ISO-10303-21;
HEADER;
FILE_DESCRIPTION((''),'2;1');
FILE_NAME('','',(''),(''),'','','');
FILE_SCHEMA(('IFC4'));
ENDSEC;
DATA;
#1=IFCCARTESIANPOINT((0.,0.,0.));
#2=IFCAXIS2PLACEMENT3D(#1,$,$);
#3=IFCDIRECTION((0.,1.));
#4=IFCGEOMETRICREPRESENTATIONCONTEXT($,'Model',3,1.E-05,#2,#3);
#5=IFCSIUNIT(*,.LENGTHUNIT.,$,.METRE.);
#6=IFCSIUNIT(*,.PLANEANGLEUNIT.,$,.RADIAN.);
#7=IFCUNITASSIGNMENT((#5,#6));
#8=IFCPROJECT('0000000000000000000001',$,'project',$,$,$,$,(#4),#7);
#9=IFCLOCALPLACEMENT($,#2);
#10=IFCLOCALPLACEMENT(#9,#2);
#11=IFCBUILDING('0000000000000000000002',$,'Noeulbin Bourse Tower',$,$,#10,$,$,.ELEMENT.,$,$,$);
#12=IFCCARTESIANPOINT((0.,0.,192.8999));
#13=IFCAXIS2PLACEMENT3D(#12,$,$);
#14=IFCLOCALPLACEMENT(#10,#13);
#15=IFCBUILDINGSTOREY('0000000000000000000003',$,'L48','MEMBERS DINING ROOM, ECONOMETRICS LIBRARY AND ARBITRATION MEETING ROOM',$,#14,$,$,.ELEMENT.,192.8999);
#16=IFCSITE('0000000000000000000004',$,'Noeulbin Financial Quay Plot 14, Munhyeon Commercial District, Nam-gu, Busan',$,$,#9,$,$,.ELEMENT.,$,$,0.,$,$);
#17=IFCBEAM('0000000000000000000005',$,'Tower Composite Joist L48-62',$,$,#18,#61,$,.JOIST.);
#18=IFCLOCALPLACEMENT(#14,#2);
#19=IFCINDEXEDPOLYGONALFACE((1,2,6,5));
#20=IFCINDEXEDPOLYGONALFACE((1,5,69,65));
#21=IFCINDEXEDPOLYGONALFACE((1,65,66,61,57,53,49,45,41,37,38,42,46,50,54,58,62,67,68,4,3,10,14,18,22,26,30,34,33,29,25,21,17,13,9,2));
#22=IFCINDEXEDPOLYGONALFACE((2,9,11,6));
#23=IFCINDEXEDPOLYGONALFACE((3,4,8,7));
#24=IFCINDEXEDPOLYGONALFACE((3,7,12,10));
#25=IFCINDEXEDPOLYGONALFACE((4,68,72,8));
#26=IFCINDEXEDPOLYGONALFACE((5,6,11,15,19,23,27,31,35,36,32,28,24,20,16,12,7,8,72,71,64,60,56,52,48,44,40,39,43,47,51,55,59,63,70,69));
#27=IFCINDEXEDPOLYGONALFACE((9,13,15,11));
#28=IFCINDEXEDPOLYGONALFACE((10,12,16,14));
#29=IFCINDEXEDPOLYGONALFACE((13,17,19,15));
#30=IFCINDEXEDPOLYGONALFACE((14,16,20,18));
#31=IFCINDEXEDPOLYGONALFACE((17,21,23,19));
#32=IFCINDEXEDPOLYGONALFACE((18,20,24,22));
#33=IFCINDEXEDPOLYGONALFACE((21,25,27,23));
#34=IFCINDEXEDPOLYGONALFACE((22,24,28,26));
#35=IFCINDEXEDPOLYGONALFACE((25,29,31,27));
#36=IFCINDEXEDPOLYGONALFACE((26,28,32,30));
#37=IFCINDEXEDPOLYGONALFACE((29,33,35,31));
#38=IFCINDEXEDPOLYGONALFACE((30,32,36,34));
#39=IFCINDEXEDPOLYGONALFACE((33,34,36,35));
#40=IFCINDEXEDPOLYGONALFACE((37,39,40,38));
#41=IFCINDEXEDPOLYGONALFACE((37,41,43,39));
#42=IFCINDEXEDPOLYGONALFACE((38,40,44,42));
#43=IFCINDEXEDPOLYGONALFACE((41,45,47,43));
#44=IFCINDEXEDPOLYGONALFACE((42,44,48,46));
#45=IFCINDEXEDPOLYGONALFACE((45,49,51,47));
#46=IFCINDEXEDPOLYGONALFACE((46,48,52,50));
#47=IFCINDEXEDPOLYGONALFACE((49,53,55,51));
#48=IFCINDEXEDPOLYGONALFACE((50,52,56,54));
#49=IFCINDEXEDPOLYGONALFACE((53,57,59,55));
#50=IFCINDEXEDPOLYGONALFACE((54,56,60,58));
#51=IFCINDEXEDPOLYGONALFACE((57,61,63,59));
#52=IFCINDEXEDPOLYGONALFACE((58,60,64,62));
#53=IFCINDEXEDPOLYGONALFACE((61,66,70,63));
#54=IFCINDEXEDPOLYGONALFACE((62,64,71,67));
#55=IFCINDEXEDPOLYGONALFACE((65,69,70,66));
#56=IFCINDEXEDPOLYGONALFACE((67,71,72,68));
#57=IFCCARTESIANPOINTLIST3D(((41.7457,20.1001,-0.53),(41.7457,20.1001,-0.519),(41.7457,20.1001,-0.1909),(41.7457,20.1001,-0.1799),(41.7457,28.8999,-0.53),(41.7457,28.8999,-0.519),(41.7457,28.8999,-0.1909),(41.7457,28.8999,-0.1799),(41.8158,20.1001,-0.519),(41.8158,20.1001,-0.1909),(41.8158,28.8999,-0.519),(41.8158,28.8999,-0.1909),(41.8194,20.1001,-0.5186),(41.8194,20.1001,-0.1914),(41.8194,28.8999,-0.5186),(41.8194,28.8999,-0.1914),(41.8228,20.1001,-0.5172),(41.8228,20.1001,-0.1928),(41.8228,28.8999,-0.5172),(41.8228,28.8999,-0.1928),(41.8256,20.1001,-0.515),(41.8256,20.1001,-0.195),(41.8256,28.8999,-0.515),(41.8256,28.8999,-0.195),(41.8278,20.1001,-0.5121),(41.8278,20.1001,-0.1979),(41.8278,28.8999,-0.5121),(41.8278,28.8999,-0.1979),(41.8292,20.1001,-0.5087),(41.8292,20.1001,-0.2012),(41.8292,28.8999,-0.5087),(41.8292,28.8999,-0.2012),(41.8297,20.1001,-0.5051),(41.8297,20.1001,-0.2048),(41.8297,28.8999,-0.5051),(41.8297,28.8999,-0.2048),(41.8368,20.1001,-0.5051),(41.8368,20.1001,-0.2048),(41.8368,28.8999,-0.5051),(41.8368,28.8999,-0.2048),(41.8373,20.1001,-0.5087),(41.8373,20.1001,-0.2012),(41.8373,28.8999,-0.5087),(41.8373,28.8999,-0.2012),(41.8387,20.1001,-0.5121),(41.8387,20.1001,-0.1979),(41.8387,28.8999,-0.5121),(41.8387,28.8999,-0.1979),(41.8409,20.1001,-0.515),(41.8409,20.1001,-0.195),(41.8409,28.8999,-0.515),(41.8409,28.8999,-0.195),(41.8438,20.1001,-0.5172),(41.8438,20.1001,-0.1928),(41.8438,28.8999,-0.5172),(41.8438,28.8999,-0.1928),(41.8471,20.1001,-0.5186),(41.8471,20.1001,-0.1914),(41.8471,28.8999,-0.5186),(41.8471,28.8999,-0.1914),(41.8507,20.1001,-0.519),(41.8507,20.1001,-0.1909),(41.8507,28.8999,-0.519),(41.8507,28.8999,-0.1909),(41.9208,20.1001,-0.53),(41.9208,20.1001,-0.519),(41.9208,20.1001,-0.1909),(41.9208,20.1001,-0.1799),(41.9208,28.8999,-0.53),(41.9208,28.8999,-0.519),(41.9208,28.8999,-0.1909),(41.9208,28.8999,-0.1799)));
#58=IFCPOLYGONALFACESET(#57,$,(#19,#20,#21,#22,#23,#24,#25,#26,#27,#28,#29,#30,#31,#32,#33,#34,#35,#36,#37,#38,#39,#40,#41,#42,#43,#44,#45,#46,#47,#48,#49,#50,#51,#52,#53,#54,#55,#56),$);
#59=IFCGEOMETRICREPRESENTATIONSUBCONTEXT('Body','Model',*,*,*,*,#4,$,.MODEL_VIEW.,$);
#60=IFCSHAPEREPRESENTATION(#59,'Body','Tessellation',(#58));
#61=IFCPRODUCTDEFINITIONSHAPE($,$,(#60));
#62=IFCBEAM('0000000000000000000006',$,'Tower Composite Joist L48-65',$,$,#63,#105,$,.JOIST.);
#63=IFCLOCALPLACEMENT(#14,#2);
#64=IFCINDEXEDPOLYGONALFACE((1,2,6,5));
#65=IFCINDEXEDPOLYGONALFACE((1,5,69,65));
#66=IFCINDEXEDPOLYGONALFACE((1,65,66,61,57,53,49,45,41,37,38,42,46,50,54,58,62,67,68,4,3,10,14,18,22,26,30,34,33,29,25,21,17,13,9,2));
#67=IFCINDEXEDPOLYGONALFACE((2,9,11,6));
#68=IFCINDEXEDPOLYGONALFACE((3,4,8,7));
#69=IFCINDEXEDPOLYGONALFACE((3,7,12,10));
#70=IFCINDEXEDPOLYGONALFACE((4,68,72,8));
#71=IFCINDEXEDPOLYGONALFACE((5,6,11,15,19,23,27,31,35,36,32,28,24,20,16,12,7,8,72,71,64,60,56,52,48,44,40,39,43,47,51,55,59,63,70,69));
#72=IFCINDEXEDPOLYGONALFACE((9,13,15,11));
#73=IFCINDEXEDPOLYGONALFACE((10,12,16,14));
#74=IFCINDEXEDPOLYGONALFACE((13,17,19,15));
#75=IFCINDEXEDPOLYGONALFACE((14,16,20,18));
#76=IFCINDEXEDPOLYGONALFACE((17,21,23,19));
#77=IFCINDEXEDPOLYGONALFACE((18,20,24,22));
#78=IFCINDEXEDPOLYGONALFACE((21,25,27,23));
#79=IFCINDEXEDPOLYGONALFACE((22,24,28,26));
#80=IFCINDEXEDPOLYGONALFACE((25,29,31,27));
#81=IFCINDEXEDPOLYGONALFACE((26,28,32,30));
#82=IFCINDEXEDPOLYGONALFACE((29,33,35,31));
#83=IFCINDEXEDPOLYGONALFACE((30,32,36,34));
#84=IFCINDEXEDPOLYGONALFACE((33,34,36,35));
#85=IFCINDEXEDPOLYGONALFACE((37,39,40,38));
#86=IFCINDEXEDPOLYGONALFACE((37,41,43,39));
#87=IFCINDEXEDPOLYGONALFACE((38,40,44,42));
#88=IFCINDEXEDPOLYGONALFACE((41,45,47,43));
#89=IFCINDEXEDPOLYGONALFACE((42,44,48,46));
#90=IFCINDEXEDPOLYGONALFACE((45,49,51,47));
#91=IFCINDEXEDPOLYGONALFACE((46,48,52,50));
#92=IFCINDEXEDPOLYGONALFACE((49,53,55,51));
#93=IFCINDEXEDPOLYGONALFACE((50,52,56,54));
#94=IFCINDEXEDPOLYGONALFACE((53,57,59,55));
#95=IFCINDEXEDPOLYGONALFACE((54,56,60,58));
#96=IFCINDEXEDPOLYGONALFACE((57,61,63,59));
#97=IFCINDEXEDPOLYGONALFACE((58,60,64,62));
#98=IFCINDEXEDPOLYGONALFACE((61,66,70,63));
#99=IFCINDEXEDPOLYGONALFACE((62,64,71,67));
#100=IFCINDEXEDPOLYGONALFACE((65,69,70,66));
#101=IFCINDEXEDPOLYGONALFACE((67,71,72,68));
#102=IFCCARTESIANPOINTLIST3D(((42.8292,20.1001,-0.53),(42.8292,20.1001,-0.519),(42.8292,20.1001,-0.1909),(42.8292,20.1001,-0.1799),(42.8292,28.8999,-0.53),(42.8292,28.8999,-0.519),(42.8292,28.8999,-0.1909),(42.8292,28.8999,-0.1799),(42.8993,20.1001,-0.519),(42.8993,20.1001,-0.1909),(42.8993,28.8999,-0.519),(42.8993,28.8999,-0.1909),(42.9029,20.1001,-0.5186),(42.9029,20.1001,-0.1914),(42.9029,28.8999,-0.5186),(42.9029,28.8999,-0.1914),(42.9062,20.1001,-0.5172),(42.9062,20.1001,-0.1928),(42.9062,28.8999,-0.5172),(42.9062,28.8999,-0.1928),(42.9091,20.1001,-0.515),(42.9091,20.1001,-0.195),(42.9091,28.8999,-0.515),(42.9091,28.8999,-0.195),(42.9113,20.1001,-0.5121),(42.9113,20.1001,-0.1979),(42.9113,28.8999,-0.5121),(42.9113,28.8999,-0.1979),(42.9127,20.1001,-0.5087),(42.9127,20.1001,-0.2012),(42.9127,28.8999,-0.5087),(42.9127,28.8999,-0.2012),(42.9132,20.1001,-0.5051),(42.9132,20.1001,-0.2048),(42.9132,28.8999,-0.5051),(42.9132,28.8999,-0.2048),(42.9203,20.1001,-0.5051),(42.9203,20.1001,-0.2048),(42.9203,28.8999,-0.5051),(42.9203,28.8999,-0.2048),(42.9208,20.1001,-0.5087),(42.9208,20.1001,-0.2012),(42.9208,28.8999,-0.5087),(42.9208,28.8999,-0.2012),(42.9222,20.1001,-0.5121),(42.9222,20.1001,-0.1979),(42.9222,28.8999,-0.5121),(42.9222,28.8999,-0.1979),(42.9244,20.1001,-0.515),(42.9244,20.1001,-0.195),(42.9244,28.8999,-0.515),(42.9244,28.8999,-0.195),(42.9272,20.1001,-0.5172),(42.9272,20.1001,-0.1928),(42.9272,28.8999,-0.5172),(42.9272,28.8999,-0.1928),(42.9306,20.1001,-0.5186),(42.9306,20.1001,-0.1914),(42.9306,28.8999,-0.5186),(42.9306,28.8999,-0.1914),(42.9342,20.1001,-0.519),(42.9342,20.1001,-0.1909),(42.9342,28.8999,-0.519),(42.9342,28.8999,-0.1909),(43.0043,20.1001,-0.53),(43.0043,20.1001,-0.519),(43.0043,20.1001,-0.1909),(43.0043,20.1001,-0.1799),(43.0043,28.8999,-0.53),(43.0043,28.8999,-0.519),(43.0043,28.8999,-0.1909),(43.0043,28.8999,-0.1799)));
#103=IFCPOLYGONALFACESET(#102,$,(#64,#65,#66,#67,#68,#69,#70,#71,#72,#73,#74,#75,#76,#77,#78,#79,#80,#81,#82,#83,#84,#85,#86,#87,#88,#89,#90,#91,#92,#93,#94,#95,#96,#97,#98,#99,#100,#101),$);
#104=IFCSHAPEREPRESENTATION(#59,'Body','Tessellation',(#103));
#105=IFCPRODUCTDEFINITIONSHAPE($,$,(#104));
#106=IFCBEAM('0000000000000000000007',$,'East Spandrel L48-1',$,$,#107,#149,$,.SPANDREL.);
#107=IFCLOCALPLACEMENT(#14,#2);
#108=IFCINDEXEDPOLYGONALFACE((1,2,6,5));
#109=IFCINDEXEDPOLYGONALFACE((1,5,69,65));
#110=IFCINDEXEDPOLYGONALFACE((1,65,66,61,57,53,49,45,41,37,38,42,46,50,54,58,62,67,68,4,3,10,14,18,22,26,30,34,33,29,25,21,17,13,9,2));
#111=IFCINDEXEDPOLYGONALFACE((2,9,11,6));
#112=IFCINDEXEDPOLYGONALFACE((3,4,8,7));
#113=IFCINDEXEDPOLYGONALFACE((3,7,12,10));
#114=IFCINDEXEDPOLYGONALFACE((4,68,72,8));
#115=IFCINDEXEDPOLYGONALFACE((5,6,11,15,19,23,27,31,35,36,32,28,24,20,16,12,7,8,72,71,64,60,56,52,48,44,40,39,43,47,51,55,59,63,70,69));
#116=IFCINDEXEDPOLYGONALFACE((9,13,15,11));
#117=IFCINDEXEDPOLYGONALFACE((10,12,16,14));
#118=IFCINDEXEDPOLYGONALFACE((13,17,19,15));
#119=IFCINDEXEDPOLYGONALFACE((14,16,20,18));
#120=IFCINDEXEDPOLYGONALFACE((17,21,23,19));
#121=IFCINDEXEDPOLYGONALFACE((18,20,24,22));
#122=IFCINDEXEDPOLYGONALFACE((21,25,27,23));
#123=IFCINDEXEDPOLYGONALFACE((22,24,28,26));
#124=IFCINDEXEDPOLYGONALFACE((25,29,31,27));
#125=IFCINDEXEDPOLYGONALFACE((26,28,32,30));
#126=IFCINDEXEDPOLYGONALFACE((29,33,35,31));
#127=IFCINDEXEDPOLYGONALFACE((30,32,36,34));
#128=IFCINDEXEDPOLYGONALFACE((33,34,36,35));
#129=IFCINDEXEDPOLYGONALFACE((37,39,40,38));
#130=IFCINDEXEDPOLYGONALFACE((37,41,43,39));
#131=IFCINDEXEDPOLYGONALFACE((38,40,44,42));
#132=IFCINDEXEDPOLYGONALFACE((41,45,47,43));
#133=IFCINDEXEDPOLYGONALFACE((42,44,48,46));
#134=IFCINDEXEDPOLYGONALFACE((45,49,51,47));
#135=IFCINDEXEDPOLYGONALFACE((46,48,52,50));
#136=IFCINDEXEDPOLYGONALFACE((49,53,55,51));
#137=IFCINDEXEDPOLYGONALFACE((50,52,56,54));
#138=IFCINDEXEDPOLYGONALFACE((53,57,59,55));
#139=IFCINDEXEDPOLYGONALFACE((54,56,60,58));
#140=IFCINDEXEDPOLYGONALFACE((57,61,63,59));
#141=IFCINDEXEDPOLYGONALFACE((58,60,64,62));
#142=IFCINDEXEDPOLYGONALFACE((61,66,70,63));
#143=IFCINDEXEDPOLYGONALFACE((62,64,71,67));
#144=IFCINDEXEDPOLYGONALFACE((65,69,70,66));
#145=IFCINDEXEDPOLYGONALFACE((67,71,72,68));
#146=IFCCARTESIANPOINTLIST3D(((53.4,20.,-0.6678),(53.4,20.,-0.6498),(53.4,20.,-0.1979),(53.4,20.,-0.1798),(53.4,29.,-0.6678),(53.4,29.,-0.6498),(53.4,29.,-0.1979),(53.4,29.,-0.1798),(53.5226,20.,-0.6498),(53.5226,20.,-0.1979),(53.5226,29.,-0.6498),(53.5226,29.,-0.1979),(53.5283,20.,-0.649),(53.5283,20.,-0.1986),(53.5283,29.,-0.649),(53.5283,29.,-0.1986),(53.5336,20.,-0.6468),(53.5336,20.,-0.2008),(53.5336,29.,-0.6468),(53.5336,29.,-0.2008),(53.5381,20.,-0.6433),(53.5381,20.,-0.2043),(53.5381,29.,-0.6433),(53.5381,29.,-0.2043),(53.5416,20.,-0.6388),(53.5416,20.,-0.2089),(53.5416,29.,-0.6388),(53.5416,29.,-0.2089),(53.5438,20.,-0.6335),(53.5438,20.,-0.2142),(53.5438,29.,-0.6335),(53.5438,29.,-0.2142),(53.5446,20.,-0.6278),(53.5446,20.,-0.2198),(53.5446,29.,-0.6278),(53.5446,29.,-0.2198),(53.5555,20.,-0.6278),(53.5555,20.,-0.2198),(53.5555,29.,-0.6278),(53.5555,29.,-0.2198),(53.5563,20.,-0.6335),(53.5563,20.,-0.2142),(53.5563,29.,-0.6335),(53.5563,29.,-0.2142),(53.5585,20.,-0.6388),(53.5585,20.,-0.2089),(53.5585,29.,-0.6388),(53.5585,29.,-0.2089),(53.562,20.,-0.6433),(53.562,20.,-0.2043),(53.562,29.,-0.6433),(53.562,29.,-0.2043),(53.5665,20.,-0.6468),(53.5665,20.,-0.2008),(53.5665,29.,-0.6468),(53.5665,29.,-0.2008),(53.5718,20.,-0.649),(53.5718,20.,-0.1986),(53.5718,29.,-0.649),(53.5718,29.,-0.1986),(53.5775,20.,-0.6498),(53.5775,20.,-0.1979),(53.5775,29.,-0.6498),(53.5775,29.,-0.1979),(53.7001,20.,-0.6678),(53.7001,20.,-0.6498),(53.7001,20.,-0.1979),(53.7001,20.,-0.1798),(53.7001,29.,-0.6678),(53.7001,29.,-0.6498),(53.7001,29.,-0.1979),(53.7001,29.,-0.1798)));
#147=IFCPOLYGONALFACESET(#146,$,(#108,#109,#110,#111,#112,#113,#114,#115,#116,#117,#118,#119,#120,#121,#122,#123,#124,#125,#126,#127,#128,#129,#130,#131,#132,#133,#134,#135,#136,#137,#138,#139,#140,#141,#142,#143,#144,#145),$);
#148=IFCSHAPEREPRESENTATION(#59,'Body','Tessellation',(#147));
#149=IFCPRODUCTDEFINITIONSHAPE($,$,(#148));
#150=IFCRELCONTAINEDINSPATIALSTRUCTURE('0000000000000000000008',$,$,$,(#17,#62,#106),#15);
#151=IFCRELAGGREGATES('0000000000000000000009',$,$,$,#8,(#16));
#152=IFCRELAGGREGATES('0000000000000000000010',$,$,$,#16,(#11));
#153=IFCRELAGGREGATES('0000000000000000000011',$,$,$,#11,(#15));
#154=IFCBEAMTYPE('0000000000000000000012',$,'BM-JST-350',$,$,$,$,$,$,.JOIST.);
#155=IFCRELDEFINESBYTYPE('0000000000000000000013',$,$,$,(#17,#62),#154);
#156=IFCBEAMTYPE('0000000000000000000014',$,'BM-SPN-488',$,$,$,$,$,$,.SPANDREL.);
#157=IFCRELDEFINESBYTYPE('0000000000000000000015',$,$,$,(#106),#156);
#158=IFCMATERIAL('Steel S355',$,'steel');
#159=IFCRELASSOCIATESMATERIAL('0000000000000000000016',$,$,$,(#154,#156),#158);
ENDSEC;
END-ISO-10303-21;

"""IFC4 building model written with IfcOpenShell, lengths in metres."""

from ifc_helpers import new_model, si_unit, direction, frame, origin, origin_2d, place, context, subcontext, project, spatial, i_section, extrude, material, material_profile, profile_set, type_object, element, save


model = new_model("IFC4")

# Units and contexts
model_context = context("Model", 3, precision=1e-05, world=origin(), true_north=direction((0.0, 1.0)))
body_context = subcontext(model_context, "Body", "Model", "MODEL_VIEW")
ifc_project = project(units=[si_unit("LENGTHUNIT", "METRE"), si_unit("PLANEANGLEUNIT", "RADIAN")], contexts=[model_context])

# Site, building, storey
site_placement = place(None, origin())
site = spatial("IfcSite", under=ifc_project, at=site_placement, Name="Noeulbin Financial Quay Plot 14, Munhyeon Commercial District, Nam-gu, Busan", CompositionType="ELEMENT", RefElevation=0.0)
building_placement = place(site_placement, origin())
building = spatial("IfcBuilding", under=site, at=building_placement, Name="Noeulbin Bourse Tower", CompositionType="ELEMENT")
storey_placement = place(building_placement, frame((0.0, 0.0, 192.8999)))
storey = spatial("IfcBuildingStorey", under=building, at=storey_placement, Name="L48", Description="MEMBERS DINING ROOM, ECONOMETRICS LIBRARY AND ARBITRATION MEETING ROOM", CompositionType="ELEMENT", Elevation=192.8999)

# Shared definitions
ifc_material_1 = material(Name="Steel S355", Category="steel")

# Beams
ifc_material_profile_1 = material_profile(ifc_material_1, i_section(OverallWidth=0.175, OverallDepth=0.3501, WebThickness=0.0071, FlangeThickness=0.011, FilletRadius=0.0139, at=origin_2d()), Name="H-350x175x7x11", Category="LoadBearing")
ifc_profile_set_1 = profile_set([ifc_material_profile_1], Name="Steel S355")
beam_type_1 = type_object("IfcBeamType", Name="BM-JST-350", PredefinedType="JOIST", material=ifc_profile_set_1)
for number, where, z_axis, x_axis, name in (
    (1, (41.8333, 20.1001, -0.355), (0.0, 1.0, 0.0), (-1.0, 0.0, 0.0), "Tower Composite Joist L48-62"),
    (2, (42.9167, 20.1001, -0.355), (0.0, 1.0, 0.0), (-1.0, 0.0, 0.0), "Tower Composite Joist L48-65"),
):
    element("IfcBeam", number, at=place(storey_placement, frame(where, z_axis=z_axis, x_axis=x_axis)), inside=storey, type_object=beam_type_1, Name=name, PredefinedType="JOIST", context=body_context, shape_type="SweptSolid", body=[
        extrude(i_section(OverallWidth=0.175, OverallDepth=0.3501, WebThickness=0.0071, FlangeThickness=0.011, FilletRadius=0.0139, at=origin_2d()), origin(), (0.0, 0.0, 1.0), 8.7998),
    ])
ifc_material_profile_2 = material_profile(ifc_material_1, i_section(OverallWidth=0.3, OverallDepth=0.488, WebThickness=0.011, FlangeThickness=0.0181, FilletRadius=0.022, at=origin_2d()), Name="H-488x300x11x18", Category="LoadBearing")
ifc_profile_set_2 = profile_set([ifc_material_profile_2], Name="Steel S355")
beam_type_2 = type_object("IfcBeamType", Name="BM-SPN-488", PredefinedType="SPANDREL", material=ifc_profile_set_2)
beam_1_placement = place(storey_placement, frame((53.55, 20.0, -0.4238), z_axis=(0.0, 1.0, 0.0), x_axis=(-1.0, 0.0, 0.0)))
element("IfcBeam", 3, at=beam_1_placement, inside=storey, type_object=beam_type_2, Name="East Spandrel L48-1", PredefinedType="SPANDREL", context=body_context, shape_type="SweptSolid", body=[
    extrude(i_section(OverallWidth=0.3, OverallDepth=0.488, WebThickness=0.011, FlangeThickness=0.0181, FilletRadius=0.022, at=origin_2d()), origin(), (0.0, 0.0, 1.0), 9.0),
])

save(model, "model.ifc")
